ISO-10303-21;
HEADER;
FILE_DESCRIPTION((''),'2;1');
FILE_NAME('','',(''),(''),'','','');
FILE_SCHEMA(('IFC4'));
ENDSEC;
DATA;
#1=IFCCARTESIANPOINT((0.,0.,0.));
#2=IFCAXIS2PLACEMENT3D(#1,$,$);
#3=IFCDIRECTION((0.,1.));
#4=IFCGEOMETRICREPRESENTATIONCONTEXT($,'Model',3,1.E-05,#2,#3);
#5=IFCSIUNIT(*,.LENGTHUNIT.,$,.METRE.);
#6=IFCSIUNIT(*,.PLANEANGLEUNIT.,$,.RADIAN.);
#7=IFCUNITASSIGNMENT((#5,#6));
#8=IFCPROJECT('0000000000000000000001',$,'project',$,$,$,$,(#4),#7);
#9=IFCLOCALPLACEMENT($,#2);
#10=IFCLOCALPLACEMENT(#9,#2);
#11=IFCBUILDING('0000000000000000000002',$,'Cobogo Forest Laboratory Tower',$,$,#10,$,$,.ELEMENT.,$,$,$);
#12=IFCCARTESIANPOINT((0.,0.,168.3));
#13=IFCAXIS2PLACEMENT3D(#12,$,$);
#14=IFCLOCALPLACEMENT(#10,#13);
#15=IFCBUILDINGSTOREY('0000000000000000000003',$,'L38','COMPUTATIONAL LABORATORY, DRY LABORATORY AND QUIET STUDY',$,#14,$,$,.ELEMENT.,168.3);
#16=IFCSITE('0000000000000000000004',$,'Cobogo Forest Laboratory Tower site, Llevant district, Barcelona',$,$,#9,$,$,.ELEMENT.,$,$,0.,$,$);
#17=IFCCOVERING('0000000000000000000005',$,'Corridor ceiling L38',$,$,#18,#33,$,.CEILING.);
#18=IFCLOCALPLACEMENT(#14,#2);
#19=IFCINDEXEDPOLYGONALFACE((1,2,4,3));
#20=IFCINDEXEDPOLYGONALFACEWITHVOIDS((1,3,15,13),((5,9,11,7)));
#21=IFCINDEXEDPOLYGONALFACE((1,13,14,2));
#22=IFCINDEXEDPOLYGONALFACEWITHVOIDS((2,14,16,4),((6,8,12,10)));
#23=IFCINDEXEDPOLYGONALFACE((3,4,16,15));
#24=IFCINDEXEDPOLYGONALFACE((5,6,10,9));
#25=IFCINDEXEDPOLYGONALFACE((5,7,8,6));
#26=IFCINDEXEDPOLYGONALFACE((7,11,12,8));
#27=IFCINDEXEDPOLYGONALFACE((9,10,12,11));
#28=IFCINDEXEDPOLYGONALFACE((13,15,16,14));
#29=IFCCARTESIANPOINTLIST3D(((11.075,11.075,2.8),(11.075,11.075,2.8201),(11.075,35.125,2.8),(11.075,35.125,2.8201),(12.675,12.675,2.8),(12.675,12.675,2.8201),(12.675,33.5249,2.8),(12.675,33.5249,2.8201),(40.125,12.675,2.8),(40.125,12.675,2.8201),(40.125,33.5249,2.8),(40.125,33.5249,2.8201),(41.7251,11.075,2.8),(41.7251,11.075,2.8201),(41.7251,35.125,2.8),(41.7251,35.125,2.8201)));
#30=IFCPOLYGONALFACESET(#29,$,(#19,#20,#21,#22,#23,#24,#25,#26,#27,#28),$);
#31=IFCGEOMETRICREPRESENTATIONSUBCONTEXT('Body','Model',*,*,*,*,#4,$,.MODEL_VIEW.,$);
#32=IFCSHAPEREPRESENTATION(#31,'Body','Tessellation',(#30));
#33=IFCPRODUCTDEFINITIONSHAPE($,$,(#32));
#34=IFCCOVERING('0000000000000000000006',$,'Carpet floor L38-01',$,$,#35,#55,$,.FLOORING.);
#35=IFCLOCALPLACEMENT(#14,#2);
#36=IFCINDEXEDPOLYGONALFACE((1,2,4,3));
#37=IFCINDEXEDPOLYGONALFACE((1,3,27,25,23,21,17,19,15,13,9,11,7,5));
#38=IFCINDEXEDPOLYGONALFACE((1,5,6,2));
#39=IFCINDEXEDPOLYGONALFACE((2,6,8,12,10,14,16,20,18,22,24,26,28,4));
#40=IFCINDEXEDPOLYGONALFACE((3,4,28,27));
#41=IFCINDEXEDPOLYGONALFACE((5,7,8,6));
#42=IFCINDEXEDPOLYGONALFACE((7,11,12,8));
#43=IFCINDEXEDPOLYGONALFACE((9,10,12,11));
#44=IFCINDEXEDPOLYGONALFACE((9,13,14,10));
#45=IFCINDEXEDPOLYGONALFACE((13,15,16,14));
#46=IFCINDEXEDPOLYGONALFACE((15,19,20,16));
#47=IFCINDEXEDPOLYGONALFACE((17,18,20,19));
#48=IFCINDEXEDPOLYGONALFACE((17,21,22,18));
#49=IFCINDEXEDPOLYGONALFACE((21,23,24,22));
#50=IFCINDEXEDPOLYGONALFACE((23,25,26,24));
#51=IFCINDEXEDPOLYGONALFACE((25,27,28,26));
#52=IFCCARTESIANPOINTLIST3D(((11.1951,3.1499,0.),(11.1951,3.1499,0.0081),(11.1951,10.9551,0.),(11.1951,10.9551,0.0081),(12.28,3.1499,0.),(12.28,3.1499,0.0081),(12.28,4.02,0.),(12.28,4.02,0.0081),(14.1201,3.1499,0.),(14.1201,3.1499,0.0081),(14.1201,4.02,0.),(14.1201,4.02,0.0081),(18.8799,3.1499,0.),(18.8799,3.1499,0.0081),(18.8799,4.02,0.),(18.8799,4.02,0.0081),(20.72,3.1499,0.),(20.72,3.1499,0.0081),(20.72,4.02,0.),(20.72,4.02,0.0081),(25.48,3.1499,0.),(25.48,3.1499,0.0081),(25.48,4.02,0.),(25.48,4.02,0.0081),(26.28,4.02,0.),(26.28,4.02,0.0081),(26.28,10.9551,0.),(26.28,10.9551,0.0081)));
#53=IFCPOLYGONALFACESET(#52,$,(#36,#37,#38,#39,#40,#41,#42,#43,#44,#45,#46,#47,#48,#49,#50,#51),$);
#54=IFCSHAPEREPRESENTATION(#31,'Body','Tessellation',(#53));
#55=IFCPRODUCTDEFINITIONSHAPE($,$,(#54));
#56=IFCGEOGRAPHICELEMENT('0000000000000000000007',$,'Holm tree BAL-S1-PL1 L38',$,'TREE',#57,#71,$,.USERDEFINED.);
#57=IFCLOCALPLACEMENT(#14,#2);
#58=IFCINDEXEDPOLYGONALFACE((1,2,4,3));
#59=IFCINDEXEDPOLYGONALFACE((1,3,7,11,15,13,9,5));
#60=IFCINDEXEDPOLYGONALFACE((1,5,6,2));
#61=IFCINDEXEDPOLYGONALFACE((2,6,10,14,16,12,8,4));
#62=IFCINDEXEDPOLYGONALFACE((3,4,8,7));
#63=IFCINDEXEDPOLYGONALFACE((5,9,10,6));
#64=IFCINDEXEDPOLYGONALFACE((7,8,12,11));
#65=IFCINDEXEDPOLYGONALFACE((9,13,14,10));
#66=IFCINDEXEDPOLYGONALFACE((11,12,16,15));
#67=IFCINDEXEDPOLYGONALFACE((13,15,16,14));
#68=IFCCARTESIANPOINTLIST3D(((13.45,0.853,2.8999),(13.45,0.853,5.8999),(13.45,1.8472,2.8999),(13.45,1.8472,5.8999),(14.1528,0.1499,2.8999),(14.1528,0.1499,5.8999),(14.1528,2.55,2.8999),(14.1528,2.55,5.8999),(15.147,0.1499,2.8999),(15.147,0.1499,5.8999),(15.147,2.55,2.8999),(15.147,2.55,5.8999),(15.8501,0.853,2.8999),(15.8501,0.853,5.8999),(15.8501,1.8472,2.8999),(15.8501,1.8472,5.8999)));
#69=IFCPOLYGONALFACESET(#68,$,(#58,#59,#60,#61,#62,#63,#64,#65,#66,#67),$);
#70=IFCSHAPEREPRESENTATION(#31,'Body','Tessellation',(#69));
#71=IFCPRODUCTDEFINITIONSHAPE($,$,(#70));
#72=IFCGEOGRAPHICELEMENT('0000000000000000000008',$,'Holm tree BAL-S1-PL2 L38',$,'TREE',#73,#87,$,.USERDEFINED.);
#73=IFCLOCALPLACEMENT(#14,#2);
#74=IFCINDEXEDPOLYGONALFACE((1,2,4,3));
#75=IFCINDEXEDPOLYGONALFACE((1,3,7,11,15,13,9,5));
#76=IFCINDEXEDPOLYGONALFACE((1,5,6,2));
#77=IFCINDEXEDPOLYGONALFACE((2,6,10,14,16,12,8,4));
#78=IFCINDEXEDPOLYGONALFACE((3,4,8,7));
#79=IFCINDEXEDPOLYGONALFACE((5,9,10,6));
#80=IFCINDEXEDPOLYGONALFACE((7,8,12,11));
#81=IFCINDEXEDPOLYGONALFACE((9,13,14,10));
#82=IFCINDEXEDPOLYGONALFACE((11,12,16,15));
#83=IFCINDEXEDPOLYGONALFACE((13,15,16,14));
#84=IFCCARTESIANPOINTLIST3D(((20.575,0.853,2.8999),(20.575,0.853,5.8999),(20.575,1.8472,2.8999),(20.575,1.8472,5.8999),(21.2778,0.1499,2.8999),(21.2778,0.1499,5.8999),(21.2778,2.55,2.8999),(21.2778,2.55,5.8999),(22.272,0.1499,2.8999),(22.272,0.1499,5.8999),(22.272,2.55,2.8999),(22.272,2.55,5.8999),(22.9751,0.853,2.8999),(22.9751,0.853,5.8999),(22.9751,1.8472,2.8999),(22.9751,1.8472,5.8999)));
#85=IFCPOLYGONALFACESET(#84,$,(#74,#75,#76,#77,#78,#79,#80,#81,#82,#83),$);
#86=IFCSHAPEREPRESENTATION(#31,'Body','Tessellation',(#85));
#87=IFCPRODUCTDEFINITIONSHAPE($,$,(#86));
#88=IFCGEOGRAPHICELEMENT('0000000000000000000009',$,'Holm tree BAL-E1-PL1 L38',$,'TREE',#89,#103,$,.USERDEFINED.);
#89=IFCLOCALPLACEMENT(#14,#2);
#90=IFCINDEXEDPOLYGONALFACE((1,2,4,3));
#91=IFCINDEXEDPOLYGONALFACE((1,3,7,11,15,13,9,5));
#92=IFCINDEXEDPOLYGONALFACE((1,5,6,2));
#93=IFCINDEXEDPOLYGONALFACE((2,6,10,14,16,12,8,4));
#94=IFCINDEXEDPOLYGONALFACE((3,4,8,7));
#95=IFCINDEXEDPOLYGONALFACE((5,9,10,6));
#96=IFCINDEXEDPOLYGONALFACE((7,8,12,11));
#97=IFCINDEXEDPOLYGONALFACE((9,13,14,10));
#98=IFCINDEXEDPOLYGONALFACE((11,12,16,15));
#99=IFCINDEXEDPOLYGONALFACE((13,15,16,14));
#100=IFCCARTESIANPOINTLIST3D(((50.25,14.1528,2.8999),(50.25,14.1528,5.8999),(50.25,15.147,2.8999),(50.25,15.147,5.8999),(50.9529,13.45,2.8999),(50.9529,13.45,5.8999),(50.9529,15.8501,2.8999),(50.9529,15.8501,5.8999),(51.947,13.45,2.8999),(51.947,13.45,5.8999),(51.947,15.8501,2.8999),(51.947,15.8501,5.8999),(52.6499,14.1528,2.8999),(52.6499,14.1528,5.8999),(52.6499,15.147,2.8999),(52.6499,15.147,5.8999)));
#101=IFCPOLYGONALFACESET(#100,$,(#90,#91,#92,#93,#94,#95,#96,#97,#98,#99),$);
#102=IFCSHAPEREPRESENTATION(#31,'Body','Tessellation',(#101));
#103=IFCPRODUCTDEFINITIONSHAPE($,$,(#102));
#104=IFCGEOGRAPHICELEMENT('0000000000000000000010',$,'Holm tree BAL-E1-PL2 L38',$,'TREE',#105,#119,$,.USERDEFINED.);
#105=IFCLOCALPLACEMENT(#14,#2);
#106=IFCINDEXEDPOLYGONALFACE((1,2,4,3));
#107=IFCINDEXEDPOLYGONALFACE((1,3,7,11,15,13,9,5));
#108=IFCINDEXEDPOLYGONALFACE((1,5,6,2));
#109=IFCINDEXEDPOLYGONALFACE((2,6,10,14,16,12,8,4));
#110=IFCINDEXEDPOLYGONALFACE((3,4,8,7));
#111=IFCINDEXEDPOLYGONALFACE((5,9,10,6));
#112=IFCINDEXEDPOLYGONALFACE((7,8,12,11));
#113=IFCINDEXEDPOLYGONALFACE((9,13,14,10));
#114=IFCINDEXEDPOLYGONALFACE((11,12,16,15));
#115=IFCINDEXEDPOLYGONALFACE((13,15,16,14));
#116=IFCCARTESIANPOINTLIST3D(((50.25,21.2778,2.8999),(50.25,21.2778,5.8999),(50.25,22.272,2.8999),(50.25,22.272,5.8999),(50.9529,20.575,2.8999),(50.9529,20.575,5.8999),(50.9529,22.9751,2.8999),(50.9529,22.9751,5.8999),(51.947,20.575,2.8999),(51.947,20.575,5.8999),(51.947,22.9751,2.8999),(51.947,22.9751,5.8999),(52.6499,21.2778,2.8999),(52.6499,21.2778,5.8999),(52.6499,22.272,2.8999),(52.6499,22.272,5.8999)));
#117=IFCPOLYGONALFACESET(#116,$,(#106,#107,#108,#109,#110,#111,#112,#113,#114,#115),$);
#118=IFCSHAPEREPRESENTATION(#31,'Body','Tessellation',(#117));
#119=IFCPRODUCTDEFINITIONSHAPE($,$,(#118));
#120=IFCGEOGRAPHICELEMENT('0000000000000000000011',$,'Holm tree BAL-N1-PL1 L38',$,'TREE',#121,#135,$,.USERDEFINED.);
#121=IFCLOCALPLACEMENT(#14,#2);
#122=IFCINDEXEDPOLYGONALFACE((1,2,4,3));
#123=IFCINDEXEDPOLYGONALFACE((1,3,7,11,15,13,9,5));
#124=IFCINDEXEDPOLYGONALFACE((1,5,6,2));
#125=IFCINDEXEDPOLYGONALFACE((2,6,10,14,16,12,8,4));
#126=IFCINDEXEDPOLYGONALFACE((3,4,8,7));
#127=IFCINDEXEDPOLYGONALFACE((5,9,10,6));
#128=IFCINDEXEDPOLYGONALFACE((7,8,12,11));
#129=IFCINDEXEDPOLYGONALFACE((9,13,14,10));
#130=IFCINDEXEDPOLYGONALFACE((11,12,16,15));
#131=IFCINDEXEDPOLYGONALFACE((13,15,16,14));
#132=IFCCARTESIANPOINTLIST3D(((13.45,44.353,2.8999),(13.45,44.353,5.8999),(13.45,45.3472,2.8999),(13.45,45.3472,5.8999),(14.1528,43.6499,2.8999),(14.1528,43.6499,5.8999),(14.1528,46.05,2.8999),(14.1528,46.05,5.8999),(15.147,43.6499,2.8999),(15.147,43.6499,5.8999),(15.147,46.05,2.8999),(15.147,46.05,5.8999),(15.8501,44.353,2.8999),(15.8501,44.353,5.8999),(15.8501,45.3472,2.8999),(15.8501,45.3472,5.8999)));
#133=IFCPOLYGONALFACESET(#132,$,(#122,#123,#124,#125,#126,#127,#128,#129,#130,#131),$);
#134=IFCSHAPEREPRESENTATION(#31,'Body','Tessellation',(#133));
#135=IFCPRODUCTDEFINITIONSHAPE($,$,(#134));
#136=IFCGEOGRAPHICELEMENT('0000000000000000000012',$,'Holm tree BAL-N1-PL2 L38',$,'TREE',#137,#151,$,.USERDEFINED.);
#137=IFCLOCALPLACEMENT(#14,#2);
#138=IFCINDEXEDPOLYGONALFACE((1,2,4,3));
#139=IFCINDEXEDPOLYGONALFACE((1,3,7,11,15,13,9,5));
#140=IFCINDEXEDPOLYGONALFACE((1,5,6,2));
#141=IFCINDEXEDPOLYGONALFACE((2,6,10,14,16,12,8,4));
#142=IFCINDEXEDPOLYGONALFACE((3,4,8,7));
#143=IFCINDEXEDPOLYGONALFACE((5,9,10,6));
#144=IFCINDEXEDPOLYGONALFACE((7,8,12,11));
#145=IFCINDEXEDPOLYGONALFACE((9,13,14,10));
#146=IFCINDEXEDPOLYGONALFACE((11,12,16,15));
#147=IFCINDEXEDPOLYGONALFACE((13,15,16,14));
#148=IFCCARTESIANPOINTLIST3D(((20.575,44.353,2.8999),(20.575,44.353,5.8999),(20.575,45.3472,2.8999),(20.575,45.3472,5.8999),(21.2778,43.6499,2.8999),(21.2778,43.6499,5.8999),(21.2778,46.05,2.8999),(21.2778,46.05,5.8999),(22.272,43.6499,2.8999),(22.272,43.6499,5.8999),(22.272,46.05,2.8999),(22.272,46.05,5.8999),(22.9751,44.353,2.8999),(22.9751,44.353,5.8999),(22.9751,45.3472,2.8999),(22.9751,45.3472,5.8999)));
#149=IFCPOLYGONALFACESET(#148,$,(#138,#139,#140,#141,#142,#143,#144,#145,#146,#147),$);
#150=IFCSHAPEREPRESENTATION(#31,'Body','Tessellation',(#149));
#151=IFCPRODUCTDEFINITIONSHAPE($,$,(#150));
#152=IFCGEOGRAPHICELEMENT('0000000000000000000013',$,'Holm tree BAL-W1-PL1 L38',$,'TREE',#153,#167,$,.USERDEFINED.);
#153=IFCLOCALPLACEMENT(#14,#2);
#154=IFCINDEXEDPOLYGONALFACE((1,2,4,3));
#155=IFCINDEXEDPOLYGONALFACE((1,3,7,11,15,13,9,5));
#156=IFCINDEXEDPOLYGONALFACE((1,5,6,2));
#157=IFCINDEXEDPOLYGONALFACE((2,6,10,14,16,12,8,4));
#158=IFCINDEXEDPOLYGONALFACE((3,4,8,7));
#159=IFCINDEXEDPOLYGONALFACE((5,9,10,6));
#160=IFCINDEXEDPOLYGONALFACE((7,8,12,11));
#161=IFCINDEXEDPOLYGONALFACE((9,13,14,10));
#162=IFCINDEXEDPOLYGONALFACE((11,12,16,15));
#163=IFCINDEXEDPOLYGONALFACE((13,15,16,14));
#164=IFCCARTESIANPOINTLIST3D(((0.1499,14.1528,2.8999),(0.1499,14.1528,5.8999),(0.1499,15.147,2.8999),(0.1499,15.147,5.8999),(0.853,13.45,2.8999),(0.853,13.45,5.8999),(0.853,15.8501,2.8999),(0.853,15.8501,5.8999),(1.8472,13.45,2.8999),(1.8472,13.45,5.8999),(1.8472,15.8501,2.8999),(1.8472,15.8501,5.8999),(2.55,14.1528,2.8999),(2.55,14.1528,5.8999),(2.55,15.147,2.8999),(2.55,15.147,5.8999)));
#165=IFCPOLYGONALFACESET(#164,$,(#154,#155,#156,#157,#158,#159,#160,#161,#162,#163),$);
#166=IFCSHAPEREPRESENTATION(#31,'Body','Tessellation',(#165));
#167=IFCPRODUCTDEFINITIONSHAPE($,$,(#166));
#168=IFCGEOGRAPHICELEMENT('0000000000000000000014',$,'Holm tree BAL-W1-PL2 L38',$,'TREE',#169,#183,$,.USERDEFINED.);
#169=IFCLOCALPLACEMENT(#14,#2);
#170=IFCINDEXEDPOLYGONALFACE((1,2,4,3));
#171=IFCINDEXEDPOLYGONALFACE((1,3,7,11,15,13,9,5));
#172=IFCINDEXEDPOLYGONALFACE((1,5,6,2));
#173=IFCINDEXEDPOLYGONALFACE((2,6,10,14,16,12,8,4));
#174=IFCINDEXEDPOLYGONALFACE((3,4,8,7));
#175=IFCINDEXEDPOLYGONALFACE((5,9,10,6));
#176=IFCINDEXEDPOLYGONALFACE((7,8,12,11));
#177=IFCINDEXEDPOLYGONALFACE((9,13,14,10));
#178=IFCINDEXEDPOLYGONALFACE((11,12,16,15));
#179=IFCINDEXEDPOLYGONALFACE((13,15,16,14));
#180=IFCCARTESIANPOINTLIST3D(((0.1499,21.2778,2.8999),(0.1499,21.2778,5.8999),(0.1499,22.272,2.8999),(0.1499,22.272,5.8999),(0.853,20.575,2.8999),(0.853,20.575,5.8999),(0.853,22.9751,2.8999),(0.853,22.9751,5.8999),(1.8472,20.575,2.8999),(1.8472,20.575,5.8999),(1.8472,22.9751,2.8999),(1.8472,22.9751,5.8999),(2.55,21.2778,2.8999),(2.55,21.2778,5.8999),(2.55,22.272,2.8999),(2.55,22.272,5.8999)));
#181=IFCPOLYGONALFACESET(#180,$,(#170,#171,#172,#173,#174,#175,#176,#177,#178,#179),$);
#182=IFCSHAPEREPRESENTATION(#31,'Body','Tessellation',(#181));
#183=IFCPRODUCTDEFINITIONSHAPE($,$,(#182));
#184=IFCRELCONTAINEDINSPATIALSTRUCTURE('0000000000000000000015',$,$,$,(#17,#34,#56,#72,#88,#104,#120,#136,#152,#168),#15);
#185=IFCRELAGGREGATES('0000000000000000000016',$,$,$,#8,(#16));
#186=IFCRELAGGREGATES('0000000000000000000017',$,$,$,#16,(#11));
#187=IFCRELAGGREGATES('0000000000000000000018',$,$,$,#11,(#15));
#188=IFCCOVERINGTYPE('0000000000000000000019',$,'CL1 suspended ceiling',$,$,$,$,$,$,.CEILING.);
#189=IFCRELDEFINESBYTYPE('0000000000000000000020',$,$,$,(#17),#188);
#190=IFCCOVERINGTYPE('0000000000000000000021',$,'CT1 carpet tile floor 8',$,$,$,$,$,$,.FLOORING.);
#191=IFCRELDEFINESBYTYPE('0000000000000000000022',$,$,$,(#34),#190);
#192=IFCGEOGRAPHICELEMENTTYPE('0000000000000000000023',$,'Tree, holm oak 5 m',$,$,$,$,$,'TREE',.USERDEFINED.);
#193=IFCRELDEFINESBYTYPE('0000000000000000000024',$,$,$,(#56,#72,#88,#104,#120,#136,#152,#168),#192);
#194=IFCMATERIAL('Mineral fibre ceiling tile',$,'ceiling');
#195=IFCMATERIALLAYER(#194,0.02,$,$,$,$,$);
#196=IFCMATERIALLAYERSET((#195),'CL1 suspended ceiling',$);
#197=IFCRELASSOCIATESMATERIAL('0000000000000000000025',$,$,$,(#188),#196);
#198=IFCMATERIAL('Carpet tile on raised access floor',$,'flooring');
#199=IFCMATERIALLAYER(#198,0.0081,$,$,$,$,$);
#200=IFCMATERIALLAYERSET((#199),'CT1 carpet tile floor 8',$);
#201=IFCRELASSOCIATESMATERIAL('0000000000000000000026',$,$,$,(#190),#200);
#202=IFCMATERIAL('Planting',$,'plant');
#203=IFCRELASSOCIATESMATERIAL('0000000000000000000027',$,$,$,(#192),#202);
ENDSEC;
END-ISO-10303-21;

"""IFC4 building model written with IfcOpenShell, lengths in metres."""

from ifc_helpers import new_model, si_unit, direction, frame, origin, place, context, subcontext, project, spatial, polyline, outline, extrude, material, layer, layer_set, type_object, element, save


model = new_model("IFC4")

# Units and contexts
model_context = context("Model", 3, precision=1e-05, world=origin(), true_north=direction((0.0, 1.0)))
body_context = subcontext(model_context, "Body", "Model", "MODEL_VIEW")
ifc_project = project(units=[si_unit("LENGTHUNIT", "METRE"), si_unit("PLANEANGLEUNIT", "RADIAN")], contexts=[model_context])

# Site, building, storey
site_placement = place(None, origin())
site = spatial("IfcSite", under=ifc_project, at=site_placement, Name="Cobogo Forest Laboratory Tower site, Llevant district, Barcelona", CompositionType="ELEMENT", RefElevation=0.0)
building_placement = place(site_placement, origin())
building = spatial("IfcBuilding", under=site, at=building_placement, Name="Cobogo Forest Laboratory Tower", CompositionType="ELEMENT")
storey_placement = place(building_placement, frame((0.0, 0.0, 168.3)))
storey = spatial("IfcBuildingStorey", under=building, at=storey_placement, Name="L38", Description="COMPUTATIONAL LABORATORY, DRY LABORATORY AND QUIET STUDY", CompositionType="ELEMENT", Elevation=168.3)

# Coverings
ifc_material_1 = material(Name="Mineral fibre ceiling tile", Category="ceiling")
ifc_layer_1 = layer(ifc_material_1, 0.02)
ifc_layer_set_1 = layer_set([ifc_layer_1], Name="CL1 suspended ceiling")
covering_type_1 = type_object("IfcCoveringType", Name="CL1 suspended ceiling", PredefinedType="CEILING", material=ifc_layer_set_1)
covering_1_placement = place(storey_placement, frame((0.0, 0.0, 2.8)))
element("IfcCovering", 1, at=covering_1_placement, inside=storey, type_object=covering_type_1, Name="Corridor ceiling L38", PredefinedType="CEILING", context=body_context, shape_type="SweptSolid", body=[
    extrude(outline(polyline([(11.075, 11.075), (11.075, 35.125), (41.7251, 35.125), (41.7251, 11.075), (11.075, 11.075)]), holes=[polyline([(40.125, 33.5249), (12.675, 33.5249), (12.675, 12.675), (40.125, 12.675), (40.125, 33.5249)])]), origin(), (0.0, 0.0, 1.0), 0.02),
])
ifc_material_2 = material(Name="Carpet tile on raised access floor", Category="flooring")
ifc_layer_2 = layer(ifc_material_2, 0.0081)
ifc_layer_set_2 = layer_set([ifc_layer_2], Name="CT1 carpet tile floor 8")
covering_type_2 = type_object("IfcCoveringType", Name="CT1 carpet tile floor 8", PredefinedType="FLOORING", material=ifc_layer_set_2)
covering_2_placement = place(storey_placement, origin())
element("IfcCovering", 2, at=covering_2_placement, inside=storey, type_object=covering_type_2, Name="Carpet floor L38-01", PredefinedType="FLOORING", context=body_context, shape_type="SweptSolid", body=[
    extrude(outline(polyline([(26.28, 10.9551), (26.28, 4.02), (25.48, 4.02), (25.48, 3.1499), (20.72, 3.1499), (20.72, 4.02), (18.8799, 4.02), (18.8799, 3.1499), (14.1201, 3.1499), (14.1201, 4.02), (12.28, 4.02), (12.28, 3.1499), (11.1951, 3.1499), (11.1951, 10.9551), (26.28, 10.9551)])), origin(), (0.0, 0.0, 1.0), 0.0081),
])

# Geographic elements
ifc_material_3 = material(Name="Planting", Category="plant")
geographic_element_type = type_object("IfcGeographicElementType", Name="Tree, holm oak 5 m", ElementType="TREE", PredefinedType="USERDEFINED", material=ifc_material_3)
geographic_element_1_placement = place(storey_placement, frame((0.0, 0.0, 2.8999)))
element("IfcGeographicElement", 3, at=geographic_element_1_placement, inside=storey, type_object=geographic_element_type, Name="Holm tree BAL-S1-PL1 L38", ObjectType="TREE", PredefinedType="USERDEFINED", context=body_context, shape_type="SweptSolid", body=[
    extrude(outline(polyline([(15.8501, 0.853), (15.8501, 1.8472), (15.147, 2.55), (14.1528, 2.55), (13.45, 1.8472), (13.45, 0.853), (14.1528, 0.1499), (15.147, 0.1499), (15.8501, 0.853)])), origin(), (0.0, 0.0, 1.0), 3.0),
])
geographic_element_2_placement = place(storey_placement, frame((0.0, 0.0, 2.8999)))
element("IfcGeographicElement", 4, at=geographic_element_2_placement, inside=storey, type_object=geographic_element_type, Name="Holm tree BAL-S1-PL2 L38", ObjectType="TREE", PredefinedType="USERDEFINED", context=body_context, shape_type="SweptSolid", body=[
    extrude(outline(polyline([(22.9751, 0.853), (22.9751, 1.8472), (22.272, 2.55), (21.2778, 2.55), (20.575, 1.8472), (20.575, 0.853), (21.2778, 0.1499), (22.272, 0.1499), (22.9751, 0.853)])), origin(), (0.0, 0.0, 1.0), 3.0),
])
geographic_element_3_placement = place(storey_placement, frame((0.0, 0.0, 2.8999)))
element("IfcGeographicElement", 5, at=geographic_element_3_placement, inside=storey, type_object=geographic_element_type, Name="Holm tree BAL-E1-PL1 L38", ObjectType="TREE", PredefinedType="USERDEFINED", context=body_context, shape_type="SweptSolid", body=[
    extrude(outline(polyline([(52.6499, 14.1528), (52.6499, 15.147), (51.947, 15.8501), (50.9529, 15.8501), (50.25, 15.147), (50.25, 14.1528), (50.9529, 13.45), (51.947, 13.45), (52.6499, 14.1528)])), origin(), (0.0, 0.0, 1.0), 3.0),
])
geographic_element_4_placement = place(storey_placement, frame((0.0, 0.0, 2.8999)))
element("IfcGeographicElement", 6, at=geographic_element_4_placement, inside=storey, type_object=geographic_element_type, Name="Holm tree BAL-E1-PL2 L38", ObjectType="TREE", PredefinedType="USERDEFINED", context=body_context, shape_type="SweptSolid", body=[
    extrude(outline(polyline([(52.6499, 21.2778), (52.6499, 22.272), (51.947, 22.9751), (50.9529, 22.9751), (50.25, 22.272), (50.25, 21.2778), (50.9529, 20.575), (51.947, 20.575), (52.6499, 21.2778)])), origin(), (0.0, 0.0, 1.0), 3.0),
])
geographic_element_5_placement = place(storey_placement, frame((0.0, 0.0, 2.8999)))
element("IfcGeographicElement", 7, at=geographic_element_5_placement, inside=storey, type_object=geographic_element_type, Name="Holm tree BAL-N1-PL1 L38", ObjectType="TREE", PredefinedType="USERDEFINED", context=body_context, shape_type="SweptSolid", body=[
    extrude(outline(polyline([(15.8501, 44.353), (15.8501, 45.3472), (15.147, 46.05), (14.1528, 46.05), (13.45, 45.3472), (13.45, 44.353), (14.1528, 43.6499), (15.147, 43.6499), (15.8501, 44.353)])), origin(), (0.0, 0.0, 1.0), 3.0),
])
geographic_element_6_placement = place(storey_placement, frame((0.0, 0.0, 2.8999)))
element("IfcGeographicElement", 8, at=geographic_element_6_placement, inside=storey, type_object=geographic_element_type, Name="Holm tree BAL-N1-PL2 L38", ObjectType="TREE", PredefinedType="USERDEFINED", context=body_context, shape_type="SweptSolid", body=[
    extrude(outline(polyline([(22.9751, 44.353), (22.9751, 45.3472), (22.272, 46.05), (21.2778, 46.05), (20.575, 45.3472), (20.575, 44.353), (21.2778, 43.6499), (22.272, 43.6499), (22.9751, 44.353)])), origin(), (0.0, 0.0, 1.0), 3.0),
])
geographic_element_7_placement = place(storey_placement, frame((0.0, 0.0, 2.8999)))
element("IfcGeographicElement", 9, at=geographic_element_7_placement, inside=storey, type_object=geographic_element_type, Name="Holm tree BAL-W1-PL1 L38", ObjectType="TREE", PredefinedType="USERDEFINED", context=body_context, shape_type="SweptSolid", body=[
    extrude(outline(polyline([(2.55, 14.1528), (2.55, 15.147), (1.8472, 15.8501), (0.853, 15.8501), (0.1499, 15.147), (0.1499, 14.1528), (0.853, 13.45), (1.8472, 13.45), (2.55, 14.1528)])), origin(), (0.0, 0.0, 1.0), 3.0),
])
geographic_element_8_placement = place(storey_placement, frame((0.0, 0.0, 2.8999)))
element("IfcGeographicElement", 10, at=geographic_element_8_placement, inside=storey, type_object=geographic_element_type, Name="Holm tree BAL-W1-PL2 L38", ObjectType="TREE", PredefinedType="USERDEFINED", context=body_context, shape_type="SweptSolid", body=[
    extrude(outline(polyline([(2.55, 21.2778), (2.55, 22.272), (1.8472, 22.9751), (0.853, 22.9751), (0.1499, 22.272), (0.1499, 21.2778), (0.853, 20.575), (1.8472, 20.575), (2.55, 21.2778)])), origin(), (0.0, 0.0, 1.0), 3.0),
])

save(model, "model.ifc")
